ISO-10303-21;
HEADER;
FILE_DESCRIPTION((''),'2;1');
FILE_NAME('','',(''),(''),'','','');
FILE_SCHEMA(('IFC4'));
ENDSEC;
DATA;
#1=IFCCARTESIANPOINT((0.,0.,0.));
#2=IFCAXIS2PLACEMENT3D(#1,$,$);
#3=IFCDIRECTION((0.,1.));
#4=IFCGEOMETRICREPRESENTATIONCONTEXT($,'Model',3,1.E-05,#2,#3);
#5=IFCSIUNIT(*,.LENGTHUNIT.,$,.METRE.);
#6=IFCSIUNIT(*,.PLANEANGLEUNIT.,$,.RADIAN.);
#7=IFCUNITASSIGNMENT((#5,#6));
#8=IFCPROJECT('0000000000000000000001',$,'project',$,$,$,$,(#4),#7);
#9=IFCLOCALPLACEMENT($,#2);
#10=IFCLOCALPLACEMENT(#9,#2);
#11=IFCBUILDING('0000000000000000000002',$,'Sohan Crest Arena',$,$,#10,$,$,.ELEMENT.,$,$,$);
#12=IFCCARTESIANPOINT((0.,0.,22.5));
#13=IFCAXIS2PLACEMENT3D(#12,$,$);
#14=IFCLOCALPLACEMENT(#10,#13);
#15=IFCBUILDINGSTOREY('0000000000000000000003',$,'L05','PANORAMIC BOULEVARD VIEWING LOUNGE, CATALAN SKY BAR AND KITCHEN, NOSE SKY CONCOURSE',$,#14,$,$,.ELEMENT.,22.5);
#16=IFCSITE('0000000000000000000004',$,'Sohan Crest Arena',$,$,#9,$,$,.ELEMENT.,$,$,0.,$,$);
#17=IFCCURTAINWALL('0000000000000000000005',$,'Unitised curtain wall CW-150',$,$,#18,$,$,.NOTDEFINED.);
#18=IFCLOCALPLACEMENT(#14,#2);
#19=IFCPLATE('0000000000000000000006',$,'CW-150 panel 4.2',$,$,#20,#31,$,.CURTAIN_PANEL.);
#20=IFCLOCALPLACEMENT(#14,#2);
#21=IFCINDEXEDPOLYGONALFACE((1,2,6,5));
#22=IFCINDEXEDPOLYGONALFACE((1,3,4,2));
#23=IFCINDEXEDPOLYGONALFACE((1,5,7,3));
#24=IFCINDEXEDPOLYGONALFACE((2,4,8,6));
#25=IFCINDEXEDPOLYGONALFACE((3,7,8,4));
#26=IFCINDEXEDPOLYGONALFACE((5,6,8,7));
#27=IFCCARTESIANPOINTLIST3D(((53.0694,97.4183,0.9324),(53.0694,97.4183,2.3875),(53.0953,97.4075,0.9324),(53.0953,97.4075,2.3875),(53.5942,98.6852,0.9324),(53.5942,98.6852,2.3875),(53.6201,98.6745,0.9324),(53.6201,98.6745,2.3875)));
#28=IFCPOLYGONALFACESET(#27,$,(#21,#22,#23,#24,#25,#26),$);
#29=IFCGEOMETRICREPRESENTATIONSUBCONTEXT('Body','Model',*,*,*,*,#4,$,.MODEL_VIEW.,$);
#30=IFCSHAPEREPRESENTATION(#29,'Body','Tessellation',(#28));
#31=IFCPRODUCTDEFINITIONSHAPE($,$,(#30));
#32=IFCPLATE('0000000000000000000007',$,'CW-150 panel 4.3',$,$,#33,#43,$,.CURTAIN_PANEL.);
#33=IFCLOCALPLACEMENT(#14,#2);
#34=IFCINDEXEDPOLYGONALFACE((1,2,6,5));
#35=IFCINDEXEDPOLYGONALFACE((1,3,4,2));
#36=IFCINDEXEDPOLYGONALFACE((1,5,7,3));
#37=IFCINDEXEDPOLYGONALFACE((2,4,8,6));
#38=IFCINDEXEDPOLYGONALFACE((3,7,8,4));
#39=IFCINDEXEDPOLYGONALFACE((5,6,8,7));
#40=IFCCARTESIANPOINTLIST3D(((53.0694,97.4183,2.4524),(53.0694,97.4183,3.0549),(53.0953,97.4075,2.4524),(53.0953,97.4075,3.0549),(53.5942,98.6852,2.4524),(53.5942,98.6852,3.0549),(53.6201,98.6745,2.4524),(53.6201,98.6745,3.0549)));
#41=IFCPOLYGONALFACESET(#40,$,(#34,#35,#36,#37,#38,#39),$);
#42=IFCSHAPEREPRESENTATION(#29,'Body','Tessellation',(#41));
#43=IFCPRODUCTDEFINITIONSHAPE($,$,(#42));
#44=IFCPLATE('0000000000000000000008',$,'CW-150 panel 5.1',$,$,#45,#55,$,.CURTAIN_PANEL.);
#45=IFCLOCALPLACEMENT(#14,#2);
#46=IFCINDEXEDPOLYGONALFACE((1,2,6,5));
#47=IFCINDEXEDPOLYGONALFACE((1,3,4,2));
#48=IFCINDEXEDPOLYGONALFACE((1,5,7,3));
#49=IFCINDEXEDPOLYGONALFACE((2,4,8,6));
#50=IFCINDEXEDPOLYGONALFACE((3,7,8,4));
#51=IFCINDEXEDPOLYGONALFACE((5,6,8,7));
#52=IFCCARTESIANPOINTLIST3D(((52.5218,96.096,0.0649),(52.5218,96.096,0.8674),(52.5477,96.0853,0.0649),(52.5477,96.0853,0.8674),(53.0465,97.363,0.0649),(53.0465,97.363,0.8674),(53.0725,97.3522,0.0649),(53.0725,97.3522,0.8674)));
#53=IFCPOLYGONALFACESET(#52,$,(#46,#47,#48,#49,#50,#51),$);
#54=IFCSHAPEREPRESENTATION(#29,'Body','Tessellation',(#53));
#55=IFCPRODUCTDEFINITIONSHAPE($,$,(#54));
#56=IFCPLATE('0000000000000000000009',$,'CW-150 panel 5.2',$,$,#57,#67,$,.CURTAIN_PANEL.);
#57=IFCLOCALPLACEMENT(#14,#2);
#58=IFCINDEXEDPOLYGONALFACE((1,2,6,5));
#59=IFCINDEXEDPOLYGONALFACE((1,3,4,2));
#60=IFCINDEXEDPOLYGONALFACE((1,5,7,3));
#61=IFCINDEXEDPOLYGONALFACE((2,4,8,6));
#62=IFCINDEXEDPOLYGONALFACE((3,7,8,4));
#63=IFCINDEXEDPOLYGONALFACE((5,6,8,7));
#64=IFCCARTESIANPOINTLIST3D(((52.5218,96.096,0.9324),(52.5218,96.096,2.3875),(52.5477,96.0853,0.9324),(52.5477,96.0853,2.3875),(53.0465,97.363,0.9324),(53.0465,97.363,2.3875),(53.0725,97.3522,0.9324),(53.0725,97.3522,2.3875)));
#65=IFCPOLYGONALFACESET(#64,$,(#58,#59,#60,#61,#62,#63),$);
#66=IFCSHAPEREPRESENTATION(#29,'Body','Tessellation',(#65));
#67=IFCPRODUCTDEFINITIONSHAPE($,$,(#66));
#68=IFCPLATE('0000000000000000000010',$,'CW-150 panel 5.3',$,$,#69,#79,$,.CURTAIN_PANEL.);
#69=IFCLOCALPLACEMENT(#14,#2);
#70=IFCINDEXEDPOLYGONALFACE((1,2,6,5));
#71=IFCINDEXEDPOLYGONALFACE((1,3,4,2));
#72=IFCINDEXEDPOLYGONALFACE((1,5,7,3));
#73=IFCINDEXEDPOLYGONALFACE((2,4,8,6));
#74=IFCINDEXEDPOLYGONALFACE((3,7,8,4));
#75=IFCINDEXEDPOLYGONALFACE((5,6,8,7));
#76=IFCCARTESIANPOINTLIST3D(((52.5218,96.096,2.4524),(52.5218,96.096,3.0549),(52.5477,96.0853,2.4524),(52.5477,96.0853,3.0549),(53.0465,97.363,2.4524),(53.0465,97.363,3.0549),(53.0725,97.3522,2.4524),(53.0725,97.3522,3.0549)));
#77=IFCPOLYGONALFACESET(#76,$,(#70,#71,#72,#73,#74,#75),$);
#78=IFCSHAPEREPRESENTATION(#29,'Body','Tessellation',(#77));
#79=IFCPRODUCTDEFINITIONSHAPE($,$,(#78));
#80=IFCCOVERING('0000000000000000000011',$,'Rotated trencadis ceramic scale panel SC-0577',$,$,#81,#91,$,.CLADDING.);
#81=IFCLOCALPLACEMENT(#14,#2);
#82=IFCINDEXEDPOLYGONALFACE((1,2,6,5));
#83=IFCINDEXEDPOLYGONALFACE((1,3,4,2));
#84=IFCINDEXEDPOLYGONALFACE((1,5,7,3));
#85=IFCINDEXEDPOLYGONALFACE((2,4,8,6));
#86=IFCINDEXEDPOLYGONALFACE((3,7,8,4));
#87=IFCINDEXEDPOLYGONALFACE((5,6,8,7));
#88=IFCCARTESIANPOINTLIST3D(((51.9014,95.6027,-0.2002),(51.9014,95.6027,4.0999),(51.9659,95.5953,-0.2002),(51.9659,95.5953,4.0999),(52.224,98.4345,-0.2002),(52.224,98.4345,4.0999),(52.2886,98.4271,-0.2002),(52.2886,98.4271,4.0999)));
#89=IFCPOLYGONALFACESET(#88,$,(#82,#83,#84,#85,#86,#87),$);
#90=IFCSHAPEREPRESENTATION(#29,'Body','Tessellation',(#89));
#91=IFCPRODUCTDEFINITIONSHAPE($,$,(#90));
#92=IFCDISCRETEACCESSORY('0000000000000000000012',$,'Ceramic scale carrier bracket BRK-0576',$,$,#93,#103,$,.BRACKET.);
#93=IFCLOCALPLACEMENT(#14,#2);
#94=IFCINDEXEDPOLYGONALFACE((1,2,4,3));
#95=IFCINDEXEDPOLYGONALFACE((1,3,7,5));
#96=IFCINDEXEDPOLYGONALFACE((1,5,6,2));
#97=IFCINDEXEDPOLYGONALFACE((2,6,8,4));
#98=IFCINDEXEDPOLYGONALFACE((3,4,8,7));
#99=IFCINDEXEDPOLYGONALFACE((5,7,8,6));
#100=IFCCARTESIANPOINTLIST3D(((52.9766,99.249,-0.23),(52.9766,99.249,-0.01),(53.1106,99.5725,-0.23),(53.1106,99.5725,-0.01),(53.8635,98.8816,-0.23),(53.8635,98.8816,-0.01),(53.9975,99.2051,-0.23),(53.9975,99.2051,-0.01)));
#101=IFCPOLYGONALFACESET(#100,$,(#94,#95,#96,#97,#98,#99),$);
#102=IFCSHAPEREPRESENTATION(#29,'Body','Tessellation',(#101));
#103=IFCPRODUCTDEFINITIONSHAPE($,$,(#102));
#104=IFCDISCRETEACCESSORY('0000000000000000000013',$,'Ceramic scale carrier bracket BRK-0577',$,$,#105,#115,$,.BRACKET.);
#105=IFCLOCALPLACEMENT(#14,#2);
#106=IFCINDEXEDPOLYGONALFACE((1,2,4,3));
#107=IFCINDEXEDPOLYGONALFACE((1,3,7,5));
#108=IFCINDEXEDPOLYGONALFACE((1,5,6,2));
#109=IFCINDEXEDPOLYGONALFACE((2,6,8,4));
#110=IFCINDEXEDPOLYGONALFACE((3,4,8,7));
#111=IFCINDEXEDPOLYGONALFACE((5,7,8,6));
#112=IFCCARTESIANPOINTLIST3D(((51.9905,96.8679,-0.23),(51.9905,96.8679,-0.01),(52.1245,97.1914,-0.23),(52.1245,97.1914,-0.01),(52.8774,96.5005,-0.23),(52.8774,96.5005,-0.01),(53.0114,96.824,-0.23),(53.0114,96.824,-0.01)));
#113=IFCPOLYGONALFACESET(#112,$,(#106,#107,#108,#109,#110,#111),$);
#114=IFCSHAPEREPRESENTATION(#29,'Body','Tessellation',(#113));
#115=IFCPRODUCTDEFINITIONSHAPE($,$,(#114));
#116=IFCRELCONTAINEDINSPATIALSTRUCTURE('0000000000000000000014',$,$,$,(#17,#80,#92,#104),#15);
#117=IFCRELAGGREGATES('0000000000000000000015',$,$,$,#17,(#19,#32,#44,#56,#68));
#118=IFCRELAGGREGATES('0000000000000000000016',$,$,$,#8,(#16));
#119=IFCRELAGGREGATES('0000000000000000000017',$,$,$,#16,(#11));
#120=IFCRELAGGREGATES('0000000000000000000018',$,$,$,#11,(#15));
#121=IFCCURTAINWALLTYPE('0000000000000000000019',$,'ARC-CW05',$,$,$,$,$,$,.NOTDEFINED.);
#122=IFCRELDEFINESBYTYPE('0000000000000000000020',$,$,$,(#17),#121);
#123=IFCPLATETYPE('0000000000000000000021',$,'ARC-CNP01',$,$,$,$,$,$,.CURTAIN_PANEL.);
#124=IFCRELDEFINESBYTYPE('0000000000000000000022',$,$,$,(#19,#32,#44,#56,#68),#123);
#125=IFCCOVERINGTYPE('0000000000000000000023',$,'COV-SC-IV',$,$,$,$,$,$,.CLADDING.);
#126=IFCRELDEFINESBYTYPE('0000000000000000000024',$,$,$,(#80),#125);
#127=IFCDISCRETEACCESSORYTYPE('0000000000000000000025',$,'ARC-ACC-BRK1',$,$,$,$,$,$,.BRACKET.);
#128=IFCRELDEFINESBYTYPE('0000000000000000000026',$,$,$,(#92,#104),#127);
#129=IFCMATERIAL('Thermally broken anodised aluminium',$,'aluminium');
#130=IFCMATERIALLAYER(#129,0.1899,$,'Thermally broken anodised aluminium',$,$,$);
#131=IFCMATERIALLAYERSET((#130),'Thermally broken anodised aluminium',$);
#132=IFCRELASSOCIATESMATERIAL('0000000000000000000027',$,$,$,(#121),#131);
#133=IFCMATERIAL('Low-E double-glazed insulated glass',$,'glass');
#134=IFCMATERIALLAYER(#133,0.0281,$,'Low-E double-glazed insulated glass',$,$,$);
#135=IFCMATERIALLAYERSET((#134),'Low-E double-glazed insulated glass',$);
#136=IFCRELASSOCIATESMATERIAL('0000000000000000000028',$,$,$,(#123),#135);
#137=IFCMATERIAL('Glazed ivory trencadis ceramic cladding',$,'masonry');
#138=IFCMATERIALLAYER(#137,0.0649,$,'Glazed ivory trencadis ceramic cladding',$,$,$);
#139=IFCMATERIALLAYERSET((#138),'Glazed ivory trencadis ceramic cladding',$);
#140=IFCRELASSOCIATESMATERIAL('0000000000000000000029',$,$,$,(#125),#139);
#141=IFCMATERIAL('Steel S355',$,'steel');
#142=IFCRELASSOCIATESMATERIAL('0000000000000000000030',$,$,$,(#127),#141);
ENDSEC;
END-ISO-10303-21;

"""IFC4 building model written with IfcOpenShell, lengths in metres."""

from ifc_helpers import new_model, si_unit, direction, frame, origin, origin_2d, place, context, subcontext, project, spatial, rectangle, extrude, material, layer, layer_set, type_object, element, aggregate, save


model = new_model("IFC4")

# Units and contexts
model_context = context("Model", 3, precision=1e-05, world=origin(), true_north=direction((0.0, 1.0)))
body_context = subcontext(model_context, "Body", "Model", "MODEL_VIEW")
ifc_project = project(units=[si_unit("LENGTHUNIT", "METRE"), si_unit("PLANEANGLEUNIT", "RADIAN")], contexts=[model_context])

# Site, building, storey
site_placement = place(None, origin())
site = spatial("IfcSite", under=ifc_project, at=site_placement, Name="Sohan Crest Arena", CompositionType="ELEMENT", RefElevation=0.0)
building_placement = place(site_placement, origin())
building = spatial("IfcBuilding", under=site, at=building_placement, Name="Sohan Crest Arena", CompositionType="ELEMENT")
storey_placement = place(building_placement, frame((0.0, 0.0, 22.5)))
storey = spatial("IfcBuildingStorey", under=building, at=storey_placement, Name="L05", Description="PANORAMIC BOULEVARD VIEWING LOUNGE, CATALAN SKY BAR AND KITCHEN, NOSE SKY CONCOURSE", CompositionType="ELEMENT", Elevation=22.5)

# Curtain wall, plates
ifc_material_1 = material(Name="Thermally broken anodised aluminium", Category="aluminium")
ifc_layer_1 = layer(ifc_material_1, 0.1899, Name="Thermally broken anodised aluminium")
ifc_layer_set_1 = layer_set([ifc_layer_1], Name="Thermally broken anodised aluminium")
curtain_wall_type = type_object("IfcCurtainWallType", Name="ARC-CW05", PredefinedType="NOTDEFINED", material=ifc_layer_set_1)
curtain_wall_placement = place(storey_placement, origin())
curtain_wall = element("IfcCurtainWall", 1, at=curtain_wall_placement, inside=storey, type_object=curtain_wall_type, Name="Unitised curtain wall CW-150", PredefinedType="NOTDEFINED")
ifc_material_2 = material(Name="Low-E double-glazed insulated glass", Category="glass")
ifc_layer_2 = layer(ifc_material_2, 0.0281, Name="Low-E double-glazed insulated glass")
ifc_layer_set_2 = layer_set([ifc_layer_2], Name="Low-E double-glazed insulated glass")
plate_type = type_object("IfcPlateType", Name="ARC-CNP01", PredefinedType="CURTAIN_PANEL", material=ifc_layer_set_2)
plate_1_placement = place(storey_placement, frame((53.3447, 98.0464, 0.9324), z_axis=(0.0, 0.0, 1.0), x_axis=(-0.382685, -0.923879, 0.0)))
plate_1 = element("IfcPlate", 2, at=plate_1_placement, type_object=plate_type, Name="CW-150 panel 4.2", PredefinedType="CURTAIN_PANEL", context=body_context, shape_type="SweptSolid", body=[
    extrude(rectangle(XDim=1.3713, YDim=0.0281, at=origin_2d()), origin(), (0.0, 0.0, 1.0), 1.4551),
])
plate_2_placement = place(storey_placement, frame((53.3447, 98.0464, 2.4524), z_axis=(0.0, 0.0, 1.0), x_axis=(-0.382685, -0.923879, 0.0)))
plate_2 = element("IfcPlate", 3, at=plate_2_placement, type_object=plate_type, Name="CW-150 panel 4.3", PredefinedType="CURTAIN_PANEL", context=body_context, shape_type="SweptSolid", body=[
    extrude(rectangle(XDim=1.3713, YDim=0.0281, at=origin_2d()), origin(), (0.0, 0.0, 1.0), 0.6025),
])
plate_3_placement = place(storey_placement, frame((52.7971, 96.7241, 0.0649), z_axis=(0.0, 0.0, 1.0), x_axis=(-0.382685, -0.923879, 0.0)))
plate_3 = element("IfcPlate", 4, at=plate_3_placement, type_object=plate_type, Name="CW-150 panel 5.1", PredefinedType="CURTAIN_PANEL", context=body_context, shape_type="SweptSolid", body=[
    extrude(rectangle(XDim=1.3713, YDim=0.0281, at=origin_2d()), origin(), (0.0, 0.0, 1.0), 0.8025),
])
plate_4_placement = place(storey_placement, frame((52.7971, 96.7241, 0.9324), z_axis=(0.0, 0.0, 1.0), x_axis=(-0.382685, -0.923879, 0.0)))
plate_4 = element("IfcPlate", 5, at=plate_4_placement, type_object=plate_type, Name="CW-150 panel 5.2", PredefinedType="CURTAIN_PANEL", context=body_context, shape_type="SweptSolid", body=[
    extrude(rectangle(XDim=1.3713, YDim=0.0281, at=origin_2d()), origin(), (0.0, 0.0, 1.0), 1.4551),
])
plate_5_placement = place(storey_placement, frame((52.7971, 96.7241, 2.4524), z_axis=(0.0, 0.0, 1.0), x_axis=(-0.382685, -0.923879, 0.0)))
plate_5 = element("IfcPlate", 6, at=plate_5_placement, type_object=plate_type, Name="CW-150 panel 5.3", PredefinedType="CURTAIN_PANEL", context=body_context, shape_type="SweptSolid", body=[
    extrude(rectangle(XDim=1.3713, YDim=0.0281, at=origin_2d()), origin(), (0.0, 0.0, 1.0), 0.6025),
])
aggregate(curtain_wall, [plate_1, plate_2, plate_3, plate_4, plate_5])

# Covering
ifc_material_3 = material(Name="Glazed ivory trencadis ceramic cladding", Category="masonry")
ifc_layer_3 = layer(ifc_material_3, 0.0649, Name="Glazed ivory trencadis ceramic cladding")
ifc_layer_set_3 = layer_set([ifc_layer_3], Name="Glazed ivory trencadis ceramic cladding")
covering_type = type_object("IfcCoveringType", Name="COV-SC-IV", PredefinedType="CLADDING", material=ifc_layer_set_3)
covering_placement = place(storey_placement, frame((52.095, 97.0149, -0.2002), z_axis=(0.0, 0.0, 1.0), x_axis=(-0.113203, -0.993572, 0.0)))
element("IfcCovering", 7, at=covering_placement, inside=storey, type_object=covering_type, Name="Rotated trencadis ceramic scale panel SC-0577", PredefinedType="CLADDING", context=body_context, shape_type="SweptSolid", body=[
    extrude(rectangle(XDim=2.8501, YDim=0.0649, at=origin_2d()), origin(), (0.0, 0.0, 1.0), 4.3),
])

# Discrete accessories
ifc_material_4 = material(Name="Steel S355", Category="steel")
discrete_accessory_type = type_object("IfcDiscreteAccessoryType", Name="ARC-ACC-BRK1", PredefinedType="BRACKET", material=ifc_material_4)
for number, where, z_axis, x_axis, name in (
    (8, (53.4871, 99.2271, -0.23), (0.0, 0.0, 1.0), (-0.382683, -0.92388, 0.0), "Ceramic scale carrier bracket BRK-0576"),
    (9, (52.501, 96.8459, -0.23), (0.0, 0.0, 1.0), (-0.382683, -0.92388, 0.0), "Ceramic scale carrier bracket BRK-0577"),
):
    element("IfcDiscreteAccessory", number, at=place(storey_placement, frame(where, z_axis=z_axis, x_axis=x_axis)), inside=storey, type_object=discrete_accessory_type, Name=name, PredefinedType="BRACKET", context=body_context, shape_type="SweptSolid", body=[
        extrude(rectangle(XDim=0.3501, YDim=0.96, at=origin_2d()), origin(), (0.0, 0.0, 1.0), 0.22),
    ])

save(model, "model.ifc")
